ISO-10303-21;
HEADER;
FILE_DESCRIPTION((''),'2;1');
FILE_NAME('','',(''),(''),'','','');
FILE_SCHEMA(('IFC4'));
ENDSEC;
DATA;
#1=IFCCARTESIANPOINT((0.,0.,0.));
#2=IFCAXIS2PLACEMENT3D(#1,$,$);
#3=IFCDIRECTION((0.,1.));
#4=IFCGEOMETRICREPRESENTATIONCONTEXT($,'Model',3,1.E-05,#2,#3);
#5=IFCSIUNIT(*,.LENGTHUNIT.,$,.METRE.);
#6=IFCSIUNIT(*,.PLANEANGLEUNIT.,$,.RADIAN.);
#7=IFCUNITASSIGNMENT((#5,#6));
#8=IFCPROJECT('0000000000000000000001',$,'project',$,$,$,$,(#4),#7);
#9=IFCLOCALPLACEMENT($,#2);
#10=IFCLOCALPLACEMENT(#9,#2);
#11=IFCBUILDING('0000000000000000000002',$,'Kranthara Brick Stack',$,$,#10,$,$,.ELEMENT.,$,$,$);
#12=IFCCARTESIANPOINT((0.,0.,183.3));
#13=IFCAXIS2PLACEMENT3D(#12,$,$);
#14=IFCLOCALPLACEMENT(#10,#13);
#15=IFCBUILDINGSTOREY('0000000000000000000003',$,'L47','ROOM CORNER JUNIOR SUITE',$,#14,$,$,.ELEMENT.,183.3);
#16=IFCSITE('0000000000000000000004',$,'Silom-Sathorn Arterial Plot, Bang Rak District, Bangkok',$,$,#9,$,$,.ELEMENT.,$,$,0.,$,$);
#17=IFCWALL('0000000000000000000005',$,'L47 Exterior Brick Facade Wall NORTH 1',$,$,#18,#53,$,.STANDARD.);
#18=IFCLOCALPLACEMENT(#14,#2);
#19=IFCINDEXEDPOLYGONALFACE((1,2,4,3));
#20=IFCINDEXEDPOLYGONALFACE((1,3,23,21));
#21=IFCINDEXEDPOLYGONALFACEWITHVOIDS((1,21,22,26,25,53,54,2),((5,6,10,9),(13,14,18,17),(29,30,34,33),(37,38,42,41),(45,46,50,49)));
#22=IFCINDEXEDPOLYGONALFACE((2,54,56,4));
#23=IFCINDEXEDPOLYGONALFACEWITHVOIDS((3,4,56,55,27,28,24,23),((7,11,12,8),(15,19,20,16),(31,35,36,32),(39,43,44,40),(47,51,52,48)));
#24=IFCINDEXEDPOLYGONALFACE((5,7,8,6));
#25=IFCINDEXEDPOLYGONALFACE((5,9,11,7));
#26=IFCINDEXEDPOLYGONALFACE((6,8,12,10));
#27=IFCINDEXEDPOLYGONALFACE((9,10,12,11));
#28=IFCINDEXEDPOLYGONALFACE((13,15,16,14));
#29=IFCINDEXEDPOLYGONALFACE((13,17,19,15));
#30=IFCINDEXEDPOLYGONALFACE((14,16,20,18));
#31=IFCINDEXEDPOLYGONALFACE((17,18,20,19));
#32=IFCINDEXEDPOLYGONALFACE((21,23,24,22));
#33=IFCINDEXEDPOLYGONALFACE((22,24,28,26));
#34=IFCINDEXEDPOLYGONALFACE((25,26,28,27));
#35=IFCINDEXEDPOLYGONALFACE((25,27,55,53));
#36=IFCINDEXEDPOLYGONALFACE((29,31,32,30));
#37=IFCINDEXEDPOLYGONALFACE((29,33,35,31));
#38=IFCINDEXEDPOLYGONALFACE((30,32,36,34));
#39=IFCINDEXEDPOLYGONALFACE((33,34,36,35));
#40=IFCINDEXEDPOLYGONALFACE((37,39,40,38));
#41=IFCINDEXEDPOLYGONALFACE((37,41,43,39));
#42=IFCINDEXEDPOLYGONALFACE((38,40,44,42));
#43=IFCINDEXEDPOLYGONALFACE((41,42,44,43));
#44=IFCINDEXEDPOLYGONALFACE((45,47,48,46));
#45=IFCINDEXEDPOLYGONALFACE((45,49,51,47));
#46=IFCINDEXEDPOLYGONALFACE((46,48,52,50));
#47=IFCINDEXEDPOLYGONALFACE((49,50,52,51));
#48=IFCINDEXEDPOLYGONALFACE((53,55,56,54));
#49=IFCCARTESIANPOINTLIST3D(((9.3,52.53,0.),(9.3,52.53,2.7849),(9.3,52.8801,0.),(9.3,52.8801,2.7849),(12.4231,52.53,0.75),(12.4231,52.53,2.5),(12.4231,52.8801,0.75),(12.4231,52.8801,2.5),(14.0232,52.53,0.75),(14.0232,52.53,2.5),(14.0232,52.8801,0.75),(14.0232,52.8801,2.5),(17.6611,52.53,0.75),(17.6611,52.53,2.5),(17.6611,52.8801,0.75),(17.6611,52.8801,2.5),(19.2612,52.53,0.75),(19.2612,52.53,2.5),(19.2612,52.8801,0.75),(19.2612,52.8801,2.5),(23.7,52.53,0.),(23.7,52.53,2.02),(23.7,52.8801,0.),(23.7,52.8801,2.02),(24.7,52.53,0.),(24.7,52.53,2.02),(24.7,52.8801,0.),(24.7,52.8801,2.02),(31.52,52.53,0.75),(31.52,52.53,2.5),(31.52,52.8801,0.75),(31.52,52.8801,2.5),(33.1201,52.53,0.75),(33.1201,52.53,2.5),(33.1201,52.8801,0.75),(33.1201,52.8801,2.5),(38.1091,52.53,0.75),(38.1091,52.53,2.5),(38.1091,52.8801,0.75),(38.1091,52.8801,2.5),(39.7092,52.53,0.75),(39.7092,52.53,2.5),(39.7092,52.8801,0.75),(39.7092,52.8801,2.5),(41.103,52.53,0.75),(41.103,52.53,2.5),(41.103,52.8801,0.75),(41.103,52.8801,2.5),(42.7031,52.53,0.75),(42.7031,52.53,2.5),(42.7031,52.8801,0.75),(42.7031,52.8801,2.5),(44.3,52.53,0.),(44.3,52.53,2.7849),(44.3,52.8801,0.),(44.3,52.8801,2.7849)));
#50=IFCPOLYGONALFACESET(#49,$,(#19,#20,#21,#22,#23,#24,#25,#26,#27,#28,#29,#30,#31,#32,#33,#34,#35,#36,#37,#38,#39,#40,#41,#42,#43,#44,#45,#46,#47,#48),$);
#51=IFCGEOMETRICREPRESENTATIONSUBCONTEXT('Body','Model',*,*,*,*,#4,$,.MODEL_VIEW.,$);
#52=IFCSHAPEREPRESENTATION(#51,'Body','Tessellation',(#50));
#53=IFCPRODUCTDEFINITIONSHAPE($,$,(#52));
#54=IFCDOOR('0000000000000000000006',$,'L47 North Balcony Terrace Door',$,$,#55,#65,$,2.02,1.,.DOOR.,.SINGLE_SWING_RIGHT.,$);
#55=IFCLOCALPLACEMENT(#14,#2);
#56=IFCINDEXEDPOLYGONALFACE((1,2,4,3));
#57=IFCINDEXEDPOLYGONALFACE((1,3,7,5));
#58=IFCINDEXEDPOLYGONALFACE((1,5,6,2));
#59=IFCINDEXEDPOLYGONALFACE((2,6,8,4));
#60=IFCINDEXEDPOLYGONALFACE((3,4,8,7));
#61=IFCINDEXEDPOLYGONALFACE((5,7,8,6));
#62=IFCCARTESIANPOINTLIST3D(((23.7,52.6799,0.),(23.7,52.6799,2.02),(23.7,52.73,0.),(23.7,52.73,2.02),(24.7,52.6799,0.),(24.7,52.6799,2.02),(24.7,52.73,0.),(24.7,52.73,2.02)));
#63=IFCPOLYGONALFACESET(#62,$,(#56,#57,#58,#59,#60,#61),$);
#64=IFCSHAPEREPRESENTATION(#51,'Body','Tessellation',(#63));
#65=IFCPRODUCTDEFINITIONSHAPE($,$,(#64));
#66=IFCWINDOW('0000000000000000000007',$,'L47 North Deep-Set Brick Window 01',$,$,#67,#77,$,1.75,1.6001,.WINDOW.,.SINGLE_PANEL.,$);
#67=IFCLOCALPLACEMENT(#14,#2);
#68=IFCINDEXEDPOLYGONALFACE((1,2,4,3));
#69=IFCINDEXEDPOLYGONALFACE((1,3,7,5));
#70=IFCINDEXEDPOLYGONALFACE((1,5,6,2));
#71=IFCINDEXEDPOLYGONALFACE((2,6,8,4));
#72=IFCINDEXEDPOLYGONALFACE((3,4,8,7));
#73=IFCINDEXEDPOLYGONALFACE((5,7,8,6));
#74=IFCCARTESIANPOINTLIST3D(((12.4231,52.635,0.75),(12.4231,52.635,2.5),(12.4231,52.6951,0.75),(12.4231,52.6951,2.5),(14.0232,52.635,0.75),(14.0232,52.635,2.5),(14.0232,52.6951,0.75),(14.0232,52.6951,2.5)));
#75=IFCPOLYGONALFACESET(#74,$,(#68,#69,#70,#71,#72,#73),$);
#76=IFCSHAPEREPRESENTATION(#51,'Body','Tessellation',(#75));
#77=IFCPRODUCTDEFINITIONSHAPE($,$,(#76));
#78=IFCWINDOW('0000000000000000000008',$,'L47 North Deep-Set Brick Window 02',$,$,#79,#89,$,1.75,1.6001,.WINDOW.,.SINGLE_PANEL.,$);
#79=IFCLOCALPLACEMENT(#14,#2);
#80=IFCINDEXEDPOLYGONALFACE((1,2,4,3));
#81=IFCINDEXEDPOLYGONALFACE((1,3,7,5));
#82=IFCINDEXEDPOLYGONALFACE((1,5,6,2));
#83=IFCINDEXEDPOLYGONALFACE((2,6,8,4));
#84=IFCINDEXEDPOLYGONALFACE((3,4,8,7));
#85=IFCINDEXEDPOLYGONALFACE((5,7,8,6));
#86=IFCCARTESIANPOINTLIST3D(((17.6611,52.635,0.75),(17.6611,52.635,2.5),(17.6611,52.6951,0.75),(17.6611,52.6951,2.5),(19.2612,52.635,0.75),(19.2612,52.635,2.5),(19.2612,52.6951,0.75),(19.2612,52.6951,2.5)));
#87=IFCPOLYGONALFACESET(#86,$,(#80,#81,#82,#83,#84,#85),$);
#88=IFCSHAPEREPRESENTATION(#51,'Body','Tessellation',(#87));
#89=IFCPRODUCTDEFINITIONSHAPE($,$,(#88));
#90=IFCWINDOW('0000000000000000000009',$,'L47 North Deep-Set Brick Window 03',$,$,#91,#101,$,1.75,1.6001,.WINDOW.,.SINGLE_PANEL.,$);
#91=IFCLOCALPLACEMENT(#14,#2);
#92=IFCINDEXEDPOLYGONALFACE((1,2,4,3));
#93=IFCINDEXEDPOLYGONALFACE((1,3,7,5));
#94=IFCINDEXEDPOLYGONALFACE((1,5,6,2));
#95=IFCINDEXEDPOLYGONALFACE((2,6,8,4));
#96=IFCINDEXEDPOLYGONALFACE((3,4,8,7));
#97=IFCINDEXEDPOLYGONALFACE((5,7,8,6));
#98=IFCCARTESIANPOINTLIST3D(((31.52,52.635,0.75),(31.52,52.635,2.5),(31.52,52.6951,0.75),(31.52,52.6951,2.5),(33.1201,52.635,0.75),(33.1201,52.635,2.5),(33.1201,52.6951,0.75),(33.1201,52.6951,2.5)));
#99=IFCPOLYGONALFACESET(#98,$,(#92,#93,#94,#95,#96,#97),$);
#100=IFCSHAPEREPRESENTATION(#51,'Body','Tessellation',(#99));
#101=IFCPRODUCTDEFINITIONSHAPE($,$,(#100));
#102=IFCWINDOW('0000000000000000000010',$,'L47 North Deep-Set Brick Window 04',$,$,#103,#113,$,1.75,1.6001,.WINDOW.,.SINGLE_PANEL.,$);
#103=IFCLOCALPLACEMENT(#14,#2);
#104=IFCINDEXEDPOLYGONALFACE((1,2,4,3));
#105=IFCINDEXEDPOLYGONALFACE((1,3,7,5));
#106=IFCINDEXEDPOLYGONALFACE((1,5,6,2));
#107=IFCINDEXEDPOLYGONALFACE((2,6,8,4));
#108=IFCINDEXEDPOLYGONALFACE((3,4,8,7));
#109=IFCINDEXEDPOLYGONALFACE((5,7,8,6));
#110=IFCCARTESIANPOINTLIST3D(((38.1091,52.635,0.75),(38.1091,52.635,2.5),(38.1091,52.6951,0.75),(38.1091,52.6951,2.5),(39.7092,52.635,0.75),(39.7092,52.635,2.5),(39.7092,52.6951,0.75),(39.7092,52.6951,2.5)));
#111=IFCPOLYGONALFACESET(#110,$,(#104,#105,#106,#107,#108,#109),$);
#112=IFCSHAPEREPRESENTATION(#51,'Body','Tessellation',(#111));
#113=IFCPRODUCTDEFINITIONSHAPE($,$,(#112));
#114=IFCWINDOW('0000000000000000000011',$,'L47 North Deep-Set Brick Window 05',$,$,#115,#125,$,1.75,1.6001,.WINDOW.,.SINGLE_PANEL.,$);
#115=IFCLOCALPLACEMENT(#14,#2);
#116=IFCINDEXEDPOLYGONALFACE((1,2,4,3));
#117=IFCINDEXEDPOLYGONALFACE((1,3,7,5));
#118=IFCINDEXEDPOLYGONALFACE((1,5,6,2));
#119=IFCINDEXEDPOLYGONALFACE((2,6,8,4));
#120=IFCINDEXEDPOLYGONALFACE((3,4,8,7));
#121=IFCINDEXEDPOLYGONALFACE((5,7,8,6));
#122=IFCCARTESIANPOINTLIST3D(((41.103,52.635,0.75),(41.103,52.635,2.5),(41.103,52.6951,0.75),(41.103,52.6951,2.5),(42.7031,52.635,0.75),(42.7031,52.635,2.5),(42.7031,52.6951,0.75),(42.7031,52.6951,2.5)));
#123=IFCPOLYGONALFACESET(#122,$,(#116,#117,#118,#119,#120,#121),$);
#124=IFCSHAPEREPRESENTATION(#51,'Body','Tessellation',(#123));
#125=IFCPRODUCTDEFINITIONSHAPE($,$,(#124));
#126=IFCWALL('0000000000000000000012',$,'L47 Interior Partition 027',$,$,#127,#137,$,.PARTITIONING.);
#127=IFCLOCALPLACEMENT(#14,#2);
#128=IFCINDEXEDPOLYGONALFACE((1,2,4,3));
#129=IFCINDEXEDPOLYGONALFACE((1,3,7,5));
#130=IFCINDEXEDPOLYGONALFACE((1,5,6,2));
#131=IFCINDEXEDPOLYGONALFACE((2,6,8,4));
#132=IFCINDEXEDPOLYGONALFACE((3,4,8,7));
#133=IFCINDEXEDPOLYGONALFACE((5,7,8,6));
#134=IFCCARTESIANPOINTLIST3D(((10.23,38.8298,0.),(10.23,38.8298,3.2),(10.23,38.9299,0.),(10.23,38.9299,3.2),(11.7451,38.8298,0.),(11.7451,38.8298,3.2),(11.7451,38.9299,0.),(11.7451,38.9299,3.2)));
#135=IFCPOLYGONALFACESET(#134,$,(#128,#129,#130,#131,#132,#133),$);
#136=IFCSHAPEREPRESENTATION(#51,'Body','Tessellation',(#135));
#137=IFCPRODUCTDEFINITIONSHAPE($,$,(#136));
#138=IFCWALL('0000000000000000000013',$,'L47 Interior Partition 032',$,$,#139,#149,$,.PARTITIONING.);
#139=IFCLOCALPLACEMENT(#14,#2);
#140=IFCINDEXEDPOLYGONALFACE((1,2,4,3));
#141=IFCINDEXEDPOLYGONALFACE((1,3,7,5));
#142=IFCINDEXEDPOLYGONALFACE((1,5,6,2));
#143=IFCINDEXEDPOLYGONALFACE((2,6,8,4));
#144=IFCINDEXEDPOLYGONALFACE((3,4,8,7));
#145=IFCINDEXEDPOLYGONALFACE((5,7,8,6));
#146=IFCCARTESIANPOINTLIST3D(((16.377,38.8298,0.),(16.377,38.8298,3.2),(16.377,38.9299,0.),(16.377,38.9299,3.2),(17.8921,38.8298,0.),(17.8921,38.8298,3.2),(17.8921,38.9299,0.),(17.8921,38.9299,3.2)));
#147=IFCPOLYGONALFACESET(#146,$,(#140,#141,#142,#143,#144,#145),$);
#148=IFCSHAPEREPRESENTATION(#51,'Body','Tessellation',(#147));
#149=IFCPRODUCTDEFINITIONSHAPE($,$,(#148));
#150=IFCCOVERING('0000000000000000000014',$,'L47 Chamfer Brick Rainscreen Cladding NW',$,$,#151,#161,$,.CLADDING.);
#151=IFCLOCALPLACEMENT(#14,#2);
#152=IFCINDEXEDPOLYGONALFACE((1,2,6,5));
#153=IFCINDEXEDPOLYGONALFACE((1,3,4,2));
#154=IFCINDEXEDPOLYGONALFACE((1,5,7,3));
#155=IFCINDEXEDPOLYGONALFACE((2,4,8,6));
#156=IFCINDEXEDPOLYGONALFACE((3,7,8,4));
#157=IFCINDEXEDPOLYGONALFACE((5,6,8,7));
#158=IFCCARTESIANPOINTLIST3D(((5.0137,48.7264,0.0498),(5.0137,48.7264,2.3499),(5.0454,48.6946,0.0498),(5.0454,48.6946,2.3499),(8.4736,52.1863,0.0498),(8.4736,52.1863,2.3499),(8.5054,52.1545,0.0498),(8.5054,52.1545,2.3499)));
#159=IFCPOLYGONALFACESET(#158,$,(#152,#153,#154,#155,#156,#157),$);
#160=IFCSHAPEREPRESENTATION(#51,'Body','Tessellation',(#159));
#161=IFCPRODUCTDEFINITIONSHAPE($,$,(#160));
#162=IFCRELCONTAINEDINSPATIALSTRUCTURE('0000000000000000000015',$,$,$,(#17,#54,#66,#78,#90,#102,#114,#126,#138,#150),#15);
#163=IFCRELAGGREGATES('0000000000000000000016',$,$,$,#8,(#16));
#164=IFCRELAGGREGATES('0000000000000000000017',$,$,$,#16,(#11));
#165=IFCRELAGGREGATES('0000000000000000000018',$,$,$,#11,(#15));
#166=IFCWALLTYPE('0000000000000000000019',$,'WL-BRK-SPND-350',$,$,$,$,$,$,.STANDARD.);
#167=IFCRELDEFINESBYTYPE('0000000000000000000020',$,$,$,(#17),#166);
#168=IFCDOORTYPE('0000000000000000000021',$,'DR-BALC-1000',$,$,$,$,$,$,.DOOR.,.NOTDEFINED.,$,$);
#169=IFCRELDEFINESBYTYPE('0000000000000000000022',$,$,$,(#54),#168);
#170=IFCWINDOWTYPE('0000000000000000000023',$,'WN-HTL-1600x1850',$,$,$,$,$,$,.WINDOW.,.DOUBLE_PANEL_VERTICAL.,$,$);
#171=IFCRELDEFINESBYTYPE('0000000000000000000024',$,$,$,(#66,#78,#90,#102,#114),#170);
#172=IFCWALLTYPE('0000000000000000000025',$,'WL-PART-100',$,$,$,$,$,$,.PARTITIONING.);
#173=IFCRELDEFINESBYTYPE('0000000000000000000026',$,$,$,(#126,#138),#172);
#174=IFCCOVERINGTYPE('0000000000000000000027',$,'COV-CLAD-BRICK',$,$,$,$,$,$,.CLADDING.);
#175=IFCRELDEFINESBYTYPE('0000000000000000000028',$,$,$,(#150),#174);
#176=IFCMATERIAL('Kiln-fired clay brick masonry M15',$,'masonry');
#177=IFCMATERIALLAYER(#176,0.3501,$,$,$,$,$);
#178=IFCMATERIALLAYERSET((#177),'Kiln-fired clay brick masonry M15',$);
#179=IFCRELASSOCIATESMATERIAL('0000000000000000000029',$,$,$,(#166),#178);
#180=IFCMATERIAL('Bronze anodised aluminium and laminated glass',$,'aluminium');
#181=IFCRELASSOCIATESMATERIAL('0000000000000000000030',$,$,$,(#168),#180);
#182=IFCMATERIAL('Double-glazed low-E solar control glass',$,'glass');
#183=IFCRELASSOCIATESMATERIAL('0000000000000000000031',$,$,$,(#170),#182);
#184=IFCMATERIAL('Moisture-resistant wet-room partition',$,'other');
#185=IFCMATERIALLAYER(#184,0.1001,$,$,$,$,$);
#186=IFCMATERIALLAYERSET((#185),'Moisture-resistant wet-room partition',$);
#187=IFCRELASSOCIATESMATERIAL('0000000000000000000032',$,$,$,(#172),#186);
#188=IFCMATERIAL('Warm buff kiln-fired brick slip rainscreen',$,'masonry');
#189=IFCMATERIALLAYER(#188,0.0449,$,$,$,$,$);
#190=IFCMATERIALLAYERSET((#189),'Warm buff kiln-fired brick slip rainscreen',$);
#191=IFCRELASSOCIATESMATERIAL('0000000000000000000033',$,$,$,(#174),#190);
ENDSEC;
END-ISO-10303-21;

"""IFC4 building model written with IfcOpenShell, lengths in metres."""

from ifc_helpers import new_model, si_unit, direction, frame, frame_2d, origin, origin_2d, place, context, subcontext, project, spatial, rectangle, extrude, material, layer, layer_set, type_object, element, fill, save


model = new_model("IFC4")

# Units and contexts
model_context = context("Model", 3, precision=1e-05, world=origin(), true_north=direction((0.0, 1.0)))
body_context = subcontext(model_context, "Body", "Model", "MODEL_VIEW")
ifc_project = project(units=[si_unit("LENGTHUNIT", "METRE"), si_unit("PLANEANGLEUNIT", "RADIAN")], contexts=[model_context])

# Site, building, storey
site_placement = place(None, origin())
site = spatial("IfcSite", under=ifc_project, at=site_placement, Name="Silom-Sathorn Arterial Plot, Bang Rak District, Bangkok", CompositionType="ELEMENT", RefElevation=0.0)
building_placement = place(site_placement, origin())
building = spatial("IfcBuilding", under=site, at=building_placement, Name="Kranthara Brick Stack", CompositionType="ELEMENT")
storey_placement = place(building_placement, frame((0.0, 0.0, 183.3)))
storey = spatial("IfcBuildingStorey", under=building, at=storey_placement, Name="L47", Description="ROOM CORNER JUNIOR SUITE", CompositionType="ELEMENT", Elevation=183.3)

# Shared definitions
ifc_material_1 = material(Name="Kiln-fired clay brick masonry M15", Category="masonry")
ifc_layer_1 = layer(ifc_material_1, 0.3501)
ifc_layer_set_1 = layer_set([ifc_layer_1], Name="Kiln-fired clay brick masonry M15")
wall_type_1 = type_object("IfcWallType", Name="WL-BRK-SPND-350", PredefinedType="STANDARD", material=ifc_layer_set_1)

# Wall, openings, door, windows
wall_1_placement = place(storey_placement, frame((9.3, 52.7051, 0.0), z_axis=(0.0, 0.0, 1.0), x_axis=(1.0, 0.0, 0.0)))
wall_1 = element("IfcWall", 1, at=wall_1_placement, inside=storey, type_object=wall_type_1, Name="L47 Exterior Brick Facade Wall NORTH 1", PredefinedType="STANDARD", context=body_context, shape_type="SweptSolid", body=[
    extrude(rectangle(XDim=35.0, YDim=0.3501, at=frame_2d((17.5, 0.0))), origin(), (0.0, 0.0, 1.0), 2.7849),
])
opening_1_placement = place(wall_1_placement, frame((14.3999, 0.0, 0.0)))
opening_1 = element("IfcOpeningElement", 2, at=opening_1_placement, cuts=wall_1, PredefinedType="OPENING", context=body_context, shape_type="SweptSolid", body=[
    extrude(rectangle(XDim=1.0, YDim=2.02, at=frame_2d((0.5, 1.01))), frame((0.0, 0.1851, 0.0), z_axis=(0.0, -1.0, 0.0), x_axis=(1.0, 0.0, 0.0)), (0.0, 0.0, 1.0), 0.3701),
])
opening_2_placement = place(wall_1_placement, frame((3.123, 0.0, 0.75)))
opening_2 = element("IfcOpeningElement", 3, at=opening_2_placement, cuts=wall_1, PredefinedType="OPENING", context=body_context, shape_type="SweptSolid", body=[
    extrude(rectangle(XDim=1.6001, YDim=1.75, at=frame_2d((0.8, 0.875))), frame((0.0, 0.1851, 0.0), z_axis=(0.0, -1.0, 0.0), x_axis=(1.0, 0.0, 0.0)), (0.0, 0.0, 1.0), 0.3701),
])
opening_3_placement = place(wall_1_placement, frame((8.3611, 0.0, 0.75)))
opening_3 = element("IfcOpeningElement", 4, at=opening_3_placement, cuts=wall_1, PredefinedType="OPENING", context=body_context, shape_type="SweptSolid", body=[
    extrude(rectangle(XDim=1.6001, YDim=1.75, at=frame_2d((0.8, 0.875))), frame((0.0, 0.1851, 0.0), z_axis=(0.0, -1.0, 0.0), x_axis=(1.0, 0.0, 0.0)), (0.0, 0.0, 1.0), 0.3701),
])
opening_4_placement = place(wall_1_placement, frame((22.22, 0.0, 0.75)))
opening_4 = element("IfcOpeningElement", 5, at=opening_4_placement, cuts=wall_1, PredefinedType="OPENING", context=body_context, shape_type="SweptSolid", body=[
    extrude(rectangle(XDim=1.6001, YDim=1.75, at=frame_2d((0.8, 0.875))), frame((0.0, 0.1851, 0.0), z_axis=(0.0, -1.0, 0.0), x_axis=(1.0, 0.0, 0.0)), (0.0, 0.0, 1.0), 0.3701),
])
opening_5_placement = place(wall_1_placement, frame((28.8091, 0.0, 0.75)))
opening_5 = element("IfcOpeningElement", 6, at=opening_5_placement, cuts=wall_1, PredefinedType="OPENING", context=body_context, shape_type="SweptSolid", body=[
    extrude(rectangle(XDim=1.6001, YDim=1.75, at=frame_2d((0.8, 0.875))), frame((0.0, 0.1851, 0.0), z_axis=(0.0, -1.0, 0.0), x_axis=(1.0, 0.0, 0.0)), (0.0, 0.0, 1.0), 0.3701),
])
opening_6_placement = place(wall_1_placement, frame((31.803, 0.0, 0.75)))
opening_6 = element("IfcOpeningElement", 7, at=opening_6_placement, cuts=wall_1, PredefinedType="OPENING", context=body_context, shape_type="SweptSolid", body=[
    extrude(rectangle(XDim=1.6001, YDim=1.75, at=frame_2d((0.8, 0.875))), frame((0.0, 0.1851, 0.0), z_axis=(0.0, -1.0, 0.0), x_axis=(1.0, 0.0, 0.0)), (0.0, 0.0, 1.0), 0.3701),
])
ifc_material_2 = material(Name="Bronze anodised aluminium and laminated glass", Category="aluminium")
door_type = type_object("IfcDoorType", Name="DR-BALC-1000", OperationType="NOTDEFINED", PredefinedType="DOOR", material=ifc_material_2)
door_placement = place(opening_1_placement, origin())
door = element("IfcDoor", 8, at=door_placement, inside=storey, type_object=door_type, Name="L47 North Balcony Terrace Door", OperationType="SINGLE_SWING_RIGHT", OverallHeight=2.02, OverallWidth=1.0, PredefinedType="DOOR", context=body_context, shape_type="SweptSolid", body=[
    extrude(rectangle(XDim=1.0, YDim=2.02, at=frame_2d((0.5, 1.01))), frame((0.0, 0.0249, 0.0), z_axis=(0.0, -1.0, 0.0), x_axis=(1.0, 0.0, 0.0)), (0.0, 0.0, 1.0), 0.05),
])
fill(opening_1, door)
ifc_material_3 = material(Name="Double-glazed low-E solar control glass", Category="glass")
window_type_1 = type_object("IfcWindowType", Name="WN-HTL-1600x1850", PartitioningType="DOUBLE_PANEL_VERTICAL", PredefinedType="WINDOW", material=ifc_material_3)
window_1_placement = place(opening_2_placement, origin())
window_1 = element("IfcWindow", 9, at=window_1_placement, inside=storey, type_object=window_type_1, Name="L47 North Deep-Set Brick Window 01", OverallHeight=1.75, OverallWidth=1.6001, PartitioningType="SINGLE_PANEL", PredefinedType="WINDOW", context=body_context, shape_type="SweptSolid", body=[
    extrude(rectangle(XDim=1.6001, YDim=1.75, at=frame_2d((0.8, 0.875))), frame((0.0, -0.01, 0.0), z_axis=(0.0, -1.0, 0.0), x_axis=(1.0, 0.0, 0.0)), (0.0, 0.0, 1.0), 0.0601),
])
fill(opening_2, window_1)
window_2_placement = place(opening_3_placement, origin())
window_2 = element("IfcWindow", 10, at=window_2_placement, inside=storey, type_object=window_type_1, Name="L47 North Deep-Set Brick Window 02", OverallHeight=1.75, OverallWidth=1.6001, PartitioningType="SINGLE_PANEL", PredefinedType="WINDOW", context=body_context, shape_type="SweptSolid", body=[
    extrude(rectangle(XDim=1.6001, YDim=1.75, at=frame_2d((0.8, 0.875))), frame((0.0, -0.01, 0.0), z_axis=(0.0, -1.0, 0.0), x_axis=(1.0, 0.0, 0.0)), (0.0, 0.0, 1.0), 0.0601),
])
fill(opening_3, window_2)
window_3_placement = place(opening_4_placement, origin())
window_3 = element("IfcWindow", 11, at=window_3_placement, inside=storey, type_object=window_type_1, Name="L47 North Deep-Set Brick Window 03", OverallHeight=1.75, OverallWidth=1.6001, PartitioningType="SINGLE_PANEL", PredefinedType="WINDOW", context=body_context, shape_type="SweptSolid", body=[
    extrude(rectangle(XDim=1.6001, YDim=1.75, at=frame_2d((0.8, 0.875))), frame((0.0, -0.01, 0.0), z_axis=(0.0, -1.0, 0.0), x_axis=(1.0, 0.0, 0.0)), (0.0, 0.0, 1.0), 0.0601),
])
fill(opening_4, window_3)
window_4_placement = place(opening_5_placement, origin())
window_4 = element("IfcWindow", 12, at=window_4_placement, inside=storey, type_object=window_type_1, Name="L47 North Deep-Set Brick Window 04", OverallHeight=1.75, OverallWidth=1.6001, PartitioningType="SINGLE_PANEL", PredefinedType="WINDOW", context=body_context, shape_type="SweptSolid", body=[
    extrude(rectangle(XDim=1.6001, YDim=1.75, at=frame_2d((0.8, 0.875))), frame((0.0, -0.01, 0.0), z_axis=(0.0, -1.0, 0.0), x_axis=(1.0, 0.0, 0.0)), (0.0, 0.0, 1.0), 0.0601),
])
fill(opening_5, window_4)
window_5_placement = place(opening_6_placement, origin())
window_5 = element("IfcWindow", 13, at=window_5_placement, inside=storey, type_object=window_type_1, Name="L47 North Deep-Set Brick Window 05", OverallHeight=1.75, OverallWidth=1.6001, PartitioningType="SINGLE_PANEL", PredefinedType="WINDOW", context=body_context, shape_type="SweptSolid", body=[
    extrude(rectangle(XDim=1.6001, YDim=1.75, at=frame_2d((0.8, 0.875))), frame((0.0, -0.01, 0.0), z_axis=(0.0, -1.0, 0.0), x_axis=(1.0, 0.0, 0.0)), (0.0, 0.0, 1.0), 0.0601),
])
fill(opening_6, window_5)

# Walls
ifc_material_4 = material(Name="Moisture-resistant wet-room partition", Category="other")
ifc_layer_2 = layer(ifc_material_4, 0.1001)
ifc_layer_set_2 = layer_set([ifc_layer_2], Name="Moisture-resistant wet-room partition")
wall_type_2 = type_object("IfcWallType", Name="WL-PART-100", PredefinedType="PARTITIONING", material=ifc_layer_set_2)
for number, where, z_axis, x_axis, name in (
    (14, (10.23, 38.8799, 0.0), (0.0, 0.0, 1.0), (1.0, 0.0, 0.0), "L47 Interior Partition 027"),
    (15, (16.377, 38.8799, 0.0), (0.0, 0.0, 1.0), (1.0, 0.0, 0.0), "L47 Interior Partition 032"),
):
    element("IfcWall", number, at=place(storey_placement, frame(where, z_axis=z_axis, x_axis=x_axis)), inside=storey, type_object=wall_type_2, Name=name, PredefinedType="PARTITIONING", context=body_context, shape_type="SweptSolid", body=[
        extrude(rectangle(XDim=1.5151, YDim=0.1001, at=frame_2d((0.7576, 0.0))), origin(), (0.0, 0.0, 1.0), 3.2),
    ])

# Covering
ifc_material_5 = material(Name="Warm buff kiln-fired brick slip rainscreen", Category="masonry")
ifc_layer_3 = layer(ifc_material_5, 0.0449)
ifc_layer_set_3 = layer_set([ifc_layer_3], Name="Warm buff kiln-fired brick slip rainscreen")
covering_type = type_object("IfcCoveringType", Name="COV-CLAD-BRICK", PredefinedType="CLADDING", material=ifc_layer_set_3)
covering_placement = place(storey_placement, frame((6.7595, 50.4404, 0.0498), z_axis=(0.0, 0.0, 1.0), x_axis=(0.707107, 0.707107, 0.0)))
element("IfcCovering", 16, at=covering_placement, inside=storey, type_object=covering_type, Name="L47 Chamfer Brick Rainscreen Cladding NW", PredefinedType="CLADDING", context=body_context, shape_type="SweptSolid", body=[
    extrude(rectangle(XDim=4.8931, YDim=0.0449, at=origin_2d()), origin(), (0.0, 0.0, 1.0), 2.3),
])

save(model, "model.ifc")
